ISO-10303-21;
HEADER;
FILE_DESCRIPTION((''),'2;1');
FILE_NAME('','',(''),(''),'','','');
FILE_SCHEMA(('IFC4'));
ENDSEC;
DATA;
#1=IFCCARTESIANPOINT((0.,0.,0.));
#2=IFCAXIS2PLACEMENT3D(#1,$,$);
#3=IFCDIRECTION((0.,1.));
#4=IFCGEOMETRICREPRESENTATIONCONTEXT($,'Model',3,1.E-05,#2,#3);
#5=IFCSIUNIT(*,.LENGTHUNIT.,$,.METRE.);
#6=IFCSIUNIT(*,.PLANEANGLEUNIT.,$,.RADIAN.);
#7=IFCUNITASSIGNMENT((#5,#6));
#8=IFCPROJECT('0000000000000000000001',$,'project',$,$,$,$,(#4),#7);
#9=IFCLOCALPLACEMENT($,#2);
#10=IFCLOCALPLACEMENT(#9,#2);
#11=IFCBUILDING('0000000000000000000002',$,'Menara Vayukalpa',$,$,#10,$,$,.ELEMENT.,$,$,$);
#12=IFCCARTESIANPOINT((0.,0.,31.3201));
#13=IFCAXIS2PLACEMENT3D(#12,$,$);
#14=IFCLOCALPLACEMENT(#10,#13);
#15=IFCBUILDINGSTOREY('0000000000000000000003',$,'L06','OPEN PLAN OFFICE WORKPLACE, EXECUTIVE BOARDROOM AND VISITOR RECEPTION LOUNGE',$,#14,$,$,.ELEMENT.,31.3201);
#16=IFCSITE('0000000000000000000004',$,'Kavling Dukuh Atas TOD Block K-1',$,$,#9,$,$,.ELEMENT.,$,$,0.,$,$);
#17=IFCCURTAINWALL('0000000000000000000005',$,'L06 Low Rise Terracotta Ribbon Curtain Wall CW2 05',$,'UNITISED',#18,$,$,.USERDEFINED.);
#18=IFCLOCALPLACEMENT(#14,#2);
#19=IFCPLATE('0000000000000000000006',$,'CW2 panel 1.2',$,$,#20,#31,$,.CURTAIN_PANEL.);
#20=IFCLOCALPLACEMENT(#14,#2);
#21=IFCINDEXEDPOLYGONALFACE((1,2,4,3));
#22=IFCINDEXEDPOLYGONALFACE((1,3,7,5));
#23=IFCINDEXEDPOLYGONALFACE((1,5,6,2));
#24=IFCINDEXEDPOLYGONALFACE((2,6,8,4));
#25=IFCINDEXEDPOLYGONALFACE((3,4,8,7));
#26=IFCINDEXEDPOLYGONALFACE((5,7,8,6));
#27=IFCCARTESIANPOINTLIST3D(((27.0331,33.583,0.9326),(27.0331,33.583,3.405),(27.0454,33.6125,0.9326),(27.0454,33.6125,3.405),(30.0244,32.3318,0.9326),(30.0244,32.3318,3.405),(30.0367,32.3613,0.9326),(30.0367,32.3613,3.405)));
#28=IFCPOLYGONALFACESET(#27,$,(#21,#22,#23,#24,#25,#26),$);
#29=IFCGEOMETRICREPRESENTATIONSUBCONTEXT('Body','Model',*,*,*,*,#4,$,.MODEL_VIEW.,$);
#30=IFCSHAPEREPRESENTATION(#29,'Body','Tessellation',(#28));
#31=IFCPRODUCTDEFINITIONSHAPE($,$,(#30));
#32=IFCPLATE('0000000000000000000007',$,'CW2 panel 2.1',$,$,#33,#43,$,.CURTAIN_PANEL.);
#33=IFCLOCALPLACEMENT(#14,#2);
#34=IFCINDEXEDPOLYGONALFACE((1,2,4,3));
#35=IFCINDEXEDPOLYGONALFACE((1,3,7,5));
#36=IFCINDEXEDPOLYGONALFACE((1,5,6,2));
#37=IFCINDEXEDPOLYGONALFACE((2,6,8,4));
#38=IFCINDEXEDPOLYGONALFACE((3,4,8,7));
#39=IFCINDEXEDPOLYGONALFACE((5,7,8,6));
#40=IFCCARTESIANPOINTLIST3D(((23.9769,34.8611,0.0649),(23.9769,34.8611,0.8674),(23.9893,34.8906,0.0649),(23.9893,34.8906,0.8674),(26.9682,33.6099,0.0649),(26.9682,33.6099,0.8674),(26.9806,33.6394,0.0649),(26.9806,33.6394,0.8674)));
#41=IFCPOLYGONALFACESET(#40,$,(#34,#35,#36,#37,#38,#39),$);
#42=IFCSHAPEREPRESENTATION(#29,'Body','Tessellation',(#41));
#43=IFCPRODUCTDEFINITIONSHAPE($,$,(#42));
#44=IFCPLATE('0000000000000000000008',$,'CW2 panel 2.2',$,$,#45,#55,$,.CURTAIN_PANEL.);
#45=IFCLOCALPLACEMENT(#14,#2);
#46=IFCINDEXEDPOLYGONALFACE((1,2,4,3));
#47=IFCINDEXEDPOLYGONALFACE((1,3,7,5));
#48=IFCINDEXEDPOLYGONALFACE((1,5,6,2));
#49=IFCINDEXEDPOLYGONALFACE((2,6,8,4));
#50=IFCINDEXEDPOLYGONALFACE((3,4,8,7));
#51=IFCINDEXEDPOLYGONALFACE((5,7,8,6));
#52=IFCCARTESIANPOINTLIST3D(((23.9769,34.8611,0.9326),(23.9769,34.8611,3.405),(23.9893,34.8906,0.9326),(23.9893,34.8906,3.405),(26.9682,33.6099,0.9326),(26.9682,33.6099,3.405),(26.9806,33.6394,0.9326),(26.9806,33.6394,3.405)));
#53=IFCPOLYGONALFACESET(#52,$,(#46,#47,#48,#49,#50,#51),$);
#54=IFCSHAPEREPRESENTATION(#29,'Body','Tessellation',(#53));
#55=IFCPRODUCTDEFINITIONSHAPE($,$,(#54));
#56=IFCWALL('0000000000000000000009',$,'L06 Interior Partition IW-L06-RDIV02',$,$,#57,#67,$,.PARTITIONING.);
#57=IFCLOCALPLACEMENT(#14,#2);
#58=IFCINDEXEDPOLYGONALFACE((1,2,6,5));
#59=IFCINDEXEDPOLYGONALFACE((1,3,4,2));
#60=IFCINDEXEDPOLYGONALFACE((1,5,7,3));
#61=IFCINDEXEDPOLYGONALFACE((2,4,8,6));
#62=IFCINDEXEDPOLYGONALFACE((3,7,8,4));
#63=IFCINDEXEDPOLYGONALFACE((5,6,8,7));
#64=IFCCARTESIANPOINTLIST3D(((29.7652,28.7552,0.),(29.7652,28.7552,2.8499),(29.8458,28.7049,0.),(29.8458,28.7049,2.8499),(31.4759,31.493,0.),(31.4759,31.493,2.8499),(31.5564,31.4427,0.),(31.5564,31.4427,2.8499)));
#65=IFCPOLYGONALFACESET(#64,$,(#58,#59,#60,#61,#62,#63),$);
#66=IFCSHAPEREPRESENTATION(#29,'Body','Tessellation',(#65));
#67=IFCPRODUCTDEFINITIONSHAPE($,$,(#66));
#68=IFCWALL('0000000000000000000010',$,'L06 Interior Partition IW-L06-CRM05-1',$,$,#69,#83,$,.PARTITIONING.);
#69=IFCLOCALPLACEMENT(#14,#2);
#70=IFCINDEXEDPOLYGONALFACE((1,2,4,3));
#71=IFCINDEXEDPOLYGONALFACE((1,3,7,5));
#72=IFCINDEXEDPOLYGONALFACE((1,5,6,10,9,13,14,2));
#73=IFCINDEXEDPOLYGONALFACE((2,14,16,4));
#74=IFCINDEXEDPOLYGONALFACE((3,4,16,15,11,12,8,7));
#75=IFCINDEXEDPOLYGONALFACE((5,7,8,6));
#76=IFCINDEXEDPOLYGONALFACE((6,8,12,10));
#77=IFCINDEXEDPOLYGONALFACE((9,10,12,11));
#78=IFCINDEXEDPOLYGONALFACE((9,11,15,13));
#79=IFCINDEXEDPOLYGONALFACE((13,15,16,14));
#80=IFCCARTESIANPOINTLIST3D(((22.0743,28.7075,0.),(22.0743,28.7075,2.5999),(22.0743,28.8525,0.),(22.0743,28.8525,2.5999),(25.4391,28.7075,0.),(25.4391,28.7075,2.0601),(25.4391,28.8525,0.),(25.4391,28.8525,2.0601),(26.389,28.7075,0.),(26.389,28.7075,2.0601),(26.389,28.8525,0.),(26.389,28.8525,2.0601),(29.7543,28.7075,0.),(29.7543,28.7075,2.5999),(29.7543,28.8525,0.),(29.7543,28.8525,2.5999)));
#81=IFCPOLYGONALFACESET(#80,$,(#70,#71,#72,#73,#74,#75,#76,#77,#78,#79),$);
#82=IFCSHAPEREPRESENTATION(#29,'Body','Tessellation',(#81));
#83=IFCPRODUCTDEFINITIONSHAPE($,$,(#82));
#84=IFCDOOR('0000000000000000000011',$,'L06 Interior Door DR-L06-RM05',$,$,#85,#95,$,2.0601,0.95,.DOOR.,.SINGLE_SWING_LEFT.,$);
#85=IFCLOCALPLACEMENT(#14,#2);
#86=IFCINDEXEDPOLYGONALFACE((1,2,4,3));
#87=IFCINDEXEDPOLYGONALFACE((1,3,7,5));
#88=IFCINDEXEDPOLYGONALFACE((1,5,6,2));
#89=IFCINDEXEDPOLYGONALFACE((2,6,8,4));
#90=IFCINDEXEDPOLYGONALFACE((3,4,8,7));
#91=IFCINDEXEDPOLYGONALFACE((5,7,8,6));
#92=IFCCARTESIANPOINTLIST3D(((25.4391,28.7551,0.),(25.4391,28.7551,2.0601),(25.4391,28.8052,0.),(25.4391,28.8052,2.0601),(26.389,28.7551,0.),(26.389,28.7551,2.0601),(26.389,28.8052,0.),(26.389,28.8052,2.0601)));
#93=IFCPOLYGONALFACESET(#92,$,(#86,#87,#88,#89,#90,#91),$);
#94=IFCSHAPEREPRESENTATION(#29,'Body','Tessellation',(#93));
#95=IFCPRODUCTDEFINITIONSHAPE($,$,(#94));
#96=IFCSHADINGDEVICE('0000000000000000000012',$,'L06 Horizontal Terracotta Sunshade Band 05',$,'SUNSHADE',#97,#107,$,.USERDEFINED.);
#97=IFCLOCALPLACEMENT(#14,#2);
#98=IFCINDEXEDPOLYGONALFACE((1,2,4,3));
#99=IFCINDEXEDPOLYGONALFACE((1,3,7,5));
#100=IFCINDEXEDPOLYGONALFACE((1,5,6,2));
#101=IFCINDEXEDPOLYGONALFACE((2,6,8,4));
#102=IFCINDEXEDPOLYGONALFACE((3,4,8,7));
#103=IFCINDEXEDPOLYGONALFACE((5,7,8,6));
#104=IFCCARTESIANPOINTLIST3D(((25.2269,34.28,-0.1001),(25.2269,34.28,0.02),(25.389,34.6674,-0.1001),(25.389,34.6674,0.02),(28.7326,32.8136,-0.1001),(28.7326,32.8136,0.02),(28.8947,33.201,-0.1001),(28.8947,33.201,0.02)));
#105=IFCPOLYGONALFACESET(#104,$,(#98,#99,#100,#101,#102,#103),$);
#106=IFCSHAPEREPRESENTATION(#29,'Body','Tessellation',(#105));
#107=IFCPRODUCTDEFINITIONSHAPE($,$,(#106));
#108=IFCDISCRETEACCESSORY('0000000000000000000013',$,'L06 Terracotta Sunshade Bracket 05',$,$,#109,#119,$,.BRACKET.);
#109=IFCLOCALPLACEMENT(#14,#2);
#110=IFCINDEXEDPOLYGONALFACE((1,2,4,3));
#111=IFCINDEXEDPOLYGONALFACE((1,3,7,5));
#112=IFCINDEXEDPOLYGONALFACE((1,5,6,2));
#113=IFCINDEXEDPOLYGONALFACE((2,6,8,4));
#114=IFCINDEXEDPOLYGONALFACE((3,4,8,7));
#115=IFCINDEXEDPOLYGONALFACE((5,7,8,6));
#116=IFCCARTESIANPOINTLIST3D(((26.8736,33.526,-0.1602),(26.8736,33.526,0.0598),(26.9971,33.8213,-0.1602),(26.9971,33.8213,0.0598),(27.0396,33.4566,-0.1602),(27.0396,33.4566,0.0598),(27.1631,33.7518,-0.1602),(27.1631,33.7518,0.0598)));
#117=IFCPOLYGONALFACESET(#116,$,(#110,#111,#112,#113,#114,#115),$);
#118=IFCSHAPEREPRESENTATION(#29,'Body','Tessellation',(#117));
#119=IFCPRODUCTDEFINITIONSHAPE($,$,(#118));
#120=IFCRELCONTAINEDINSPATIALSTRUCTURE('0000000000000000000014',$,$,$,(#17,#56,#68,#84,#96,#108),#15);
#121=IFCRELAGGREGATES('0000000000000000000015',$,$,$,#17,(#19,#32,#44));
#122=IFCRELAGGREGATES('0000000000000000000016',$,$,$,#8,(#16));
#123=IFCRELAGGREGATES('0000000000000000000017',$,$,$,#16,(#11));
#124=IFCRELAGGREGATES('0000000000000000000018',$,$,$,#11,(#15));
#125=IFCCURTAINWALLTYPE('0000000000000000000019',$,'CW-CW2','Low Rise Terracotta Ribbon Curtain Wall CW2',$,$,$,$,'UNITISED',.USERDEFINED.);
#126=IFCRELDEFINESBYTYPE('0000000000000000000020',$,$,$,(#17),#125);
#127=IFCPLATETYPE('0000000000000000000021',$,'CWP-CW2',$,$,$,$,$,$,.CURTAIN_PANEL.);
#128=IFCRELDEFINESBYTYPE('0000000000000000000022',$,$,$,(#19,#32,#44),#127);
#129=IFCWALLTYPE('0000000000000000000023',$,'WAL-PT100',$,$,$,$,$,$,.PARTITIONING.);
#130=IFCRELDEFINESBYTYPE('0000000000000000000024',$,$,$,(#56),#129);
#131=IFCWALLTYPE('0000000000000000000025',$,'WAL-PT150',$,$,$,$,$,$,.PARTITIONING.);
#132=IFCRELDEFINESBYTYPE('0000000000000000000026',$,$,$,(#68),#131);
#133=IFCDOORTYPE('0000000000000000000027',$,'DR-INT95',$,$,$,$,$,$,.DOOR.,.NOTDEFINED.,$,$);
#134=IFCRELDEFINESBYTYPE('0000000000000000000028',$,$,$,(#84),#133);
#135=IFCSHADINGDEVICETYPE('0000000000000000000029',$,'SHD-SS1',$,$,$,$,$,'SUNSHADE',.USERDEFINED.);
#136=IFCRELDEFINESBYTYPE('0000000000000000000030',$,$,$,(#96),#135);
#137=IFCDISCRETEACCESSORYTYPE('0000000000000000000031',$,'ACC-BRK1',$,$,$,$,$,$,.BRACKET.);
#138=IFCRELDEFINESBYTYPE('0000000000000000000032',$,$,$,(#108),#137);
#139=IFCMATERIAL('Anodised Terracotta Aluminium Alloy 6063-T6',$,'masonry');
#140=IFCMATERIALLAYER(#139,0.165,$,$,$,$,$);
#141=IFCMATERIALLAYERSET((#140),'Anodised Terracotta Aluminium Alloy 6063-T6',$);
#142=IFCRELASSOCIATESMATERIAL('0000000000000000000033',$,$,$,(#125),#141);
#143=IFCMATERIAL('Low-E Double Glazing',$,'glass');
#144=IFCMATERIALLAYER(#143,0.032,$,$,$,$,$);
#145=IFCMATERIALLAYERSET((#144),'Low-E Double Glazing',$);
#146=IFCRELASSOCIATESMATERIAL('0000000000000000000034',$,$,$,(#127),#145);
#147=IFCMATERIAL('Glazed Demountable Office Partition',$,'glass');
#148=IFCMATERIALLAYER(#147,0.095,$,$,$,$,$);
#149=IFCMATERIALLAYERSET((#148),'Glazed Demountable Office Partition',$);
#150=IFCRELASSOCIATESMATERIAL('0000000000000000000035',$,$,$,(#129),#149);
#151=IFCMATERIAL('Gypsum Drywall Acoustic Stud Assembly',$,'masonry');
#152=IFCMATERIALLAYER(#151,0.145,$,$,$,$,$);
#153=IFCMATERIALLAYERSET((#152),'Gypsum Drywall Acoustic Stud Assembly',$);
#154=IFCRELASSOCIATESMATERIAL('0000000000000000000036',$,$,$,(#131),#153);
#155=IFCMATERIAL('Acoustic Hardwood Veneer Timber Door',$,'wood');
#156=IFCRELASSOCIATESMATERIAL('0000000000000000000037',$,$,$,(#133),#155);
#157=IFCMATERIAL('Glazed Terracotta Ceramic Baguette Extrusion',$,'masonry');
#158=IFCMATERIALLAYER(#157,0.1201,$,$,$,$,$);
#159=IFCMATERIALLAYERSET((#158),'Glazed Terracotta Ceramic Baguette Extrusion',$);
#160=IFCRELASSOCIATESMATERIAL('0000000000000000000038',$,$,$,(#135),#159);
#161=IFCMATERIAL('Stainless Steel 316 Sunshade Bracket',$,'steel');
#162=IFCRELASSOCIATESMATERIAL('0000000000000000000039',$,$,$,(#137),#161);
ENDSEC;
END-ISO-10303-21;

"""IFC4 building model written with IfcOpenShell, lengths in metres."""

from ifc_helpers import new_model, si_unit, direction, frame, frame_2d, origin, origin_2d, place, context, subcontext, project, spatial, rectangle, extrude, material, layer, layer_set, type_object, element, fill, aggregate, save


model = new_model("IFC4")

# Units and contexts
model_context = context("Model", 3, precision=1e-05, world=origin(), true_north=direction((0.0, 1.0)))
body_context = subcontext(model_context, "Body", "Model", "MODEL_VIEW")
ifc_project = project(units=[si_unit("LENGTHUNIT", "METRE"), si_unit("PLANEANGLEUNIT", "RADIAN")], contexts=[model_context])

# Site, building, storey
site_placement = place(None, origin())
site = spatial("IfcSite", under=ifc_project, at=site_placement, Name="Kavling Dukuh Atas TOD Block K-1", CompositionType="ELEMENT", RefElevation=0.0)
building_placement = place(site_placement, origin())
building = spatial("IfcBuilding", under=site, at=building_placement, Name="Menara Vayukalpa", CompositionType="ELEMENT")
storey_placement = place(building_placement, frame((0.0, 0.0, 31.3201)))
storey = spatial("IfcBuildingStorey", under=building, at=storey_placement, Name="L06", Description="OPEN PLAN OFFICE WORKPLACE, EXECUTIVE BOARDROOM AND VISITOR RECEPTION LOUNGE", CompositionType="ELEMENT", Elevation=31.3201)

# Shared definitions
ifc_material_1 = material(Name="Anodised Terracotta Aluminium Alloy 6063-T6", Category="masonry")
ifc_layer_1 = layer(ifc_material_1, 0.165)
ifc_layer_set_1 = layer_set([ifc_layer_1], Name="Anodised Terracotta Aluminium Alloy 6063-T6")
curtain_wall_type = type_object("IfcCurtainWallType", Name="CW-CW2", Description="Low Rise Terracotta Ribbon Curtain Wall CW2", ElementType="UNITISED", PredefinedType="USERDEFINED", material=ifc_layer_set_1)

# Curtain wall, plates
curtain_wall_1_placement = place(storey_placement, origin())
curtain_wall_1 = element("IfcCurtainWall", 1, at=curtain_wall_1_placement, inside=storey, type_object=curtain_wall_type, Name="L06 Low Rise Terracotta Ribbon Curtain Wall CW2 05", ObjectType="UNITISED", PredefinedType="USERDEFINED")
ifc_material_2 = material(Name="Low-E Double Glazing", Category="glass")
ifc_layer_2 = layer(ifc_material_2, 0.032)
ifc_layer_set_2 = layer_set([ifc_layer_2], Name="Low-E Double Glazing")
plate_type = type_object("IfcPlateType", Name="CWP-CW2", PredefinedType="CURTAIN_PANEL", material=ifc_layer_set_2)
plate_1_placement = place(storey_placement, frame((28.5349, 32.9722, 0.9326), z_axis=(0.0, 0.0, 1.0), x_axis=(-0.922543, 0.385895, 0.0)))
plate_1 = element("IfcPlate", 2, at=plate_1_placement, type_object=plate_type, Name="CW2 panel 1.2", PredefinedType="CURTAIN_PANEL", context=body_context, shape_type="SweptSolid", body=[
    extrude(rectangle(XDim=3.2424, YDim=0.032, at=origin_2d()), origin(), (0.0, 0.0, 1.0), 2.4724),
])
plate_2_placement = place(storey_placement, frame((25.4788, 34.2502, 0.0649), z_axis=(0.0, 0.0, 1.0), x_axis=(-0.922543, 0.385895, 0.0)))
plate_2 = element("IfcPlate", 3, at=plate_2_placement, type_object=plate_type, Name="CW2 panel 2.1", PredefinedType="CURTAIN_PANEL", context=body_context, shape_type="SweptSolid", body=[
    extrude(rectangle(XDim=3.2424, YDim=0.032, at=origin_2d()), origin(), (0.0, 0.0, 1.0), 0.8025),
])
plate_3_placement = place(storey_placement, frame((25.4788, 34.2502, 0.9326), z_axis=(0.0, 0.0, 1.0), x_axis=(-0.922543, 0.385895, 0.0)))
plate_3 = element("IfcPlate", 4, at=plate_3_placement, type_object=plate_type, Name="CW2 panel 2.2", PredefinedType="CURTAIN_PANEL", context=body_context, shape_type="SweptSolid", body=[
    extrude(rectangle(XDim=3.2424, YDim=0.032, at=origin_2d()), origin(), (0.0, 0.0, 1.0), 2.4724),
])
aggregate(curtain_wall_1, [plate_1, plate_2, plate_3])

# Wall
ifc_material_3 = material(Name="Glazed Demountable Office Partition", Category="glass")
ifc_layer_3 = layer(ifc_material_3, 0.095)
ifc_layer_set_3 = layer_set([ifc_layer_3], Name="Glazed Demountable Office Partition")
wall_type_1 = type_object("IfcWallType", Name="WAL-PT100", PredefinedType="PARTITIONING", material=ifc_layer_set_3)
wall_1_placement = place(storey_placement, frame((29.8054, 28.73, 0.0), z_axis=(0.0, 0.0, 1.0), x_axis=(0.529904, 0.848058, 0.0)))
element("IfcWall", 5, at=wall_1_placement, inside=storey, type_object=wall_type_1, Name="L06 Interior Partition IW-L06-RDIV02", PredefinedType="PARTITIONING", context=body_context, shape_type="SweptSolid", body=[
    extrude(rectangle(XDim=3.2283, YDim=0.095, at=frame_2d((1.6143, 0.0))), origin(), (0.0, 0.0, 1.0), 2.8499),
])

# Wall, opening, door
ifc_material_4 = material(Name="Gypsum Drywall Acoustic Stud Assembly", Category="masonry")
ifc_layer_4 = layer(ifc_material_4, 0.145)
ifc_layer_set_4 = layer_set([ifc_layer_4], Name="Gypsum Drywall Acoustic Stud Assembly")
wall_type_2 = type_object("IfcWallType", Name="WAL-PT150", PredefinedType="PARTITIONING", material=ifc_layer_set_4)
wall_2_placement = place(storey_placement, frame((29.7542, 28.78, 0.0), z_axis=(0.0, 0.0, 1.0), x_axis=(-1.0, 0.0, 0.0)))
wall_2 = element("IfcWall", 6, at=wall_2_placement, inside=storey, type_object=wall_type_2, Name="L06 Interior Partition IW-L06-CRM05-1", PredefinedType="PARTITIONING", context=body_context, shape_type="SweptSolid", body=[
    extrude(rectangle(XDim=7.6799, YDim=0.145, at=frame_2d((3.8398, 0.0))), origin(), (0.0, 0.0, 1.0), 2.5999),
])
opening_placement = place(wall_2_placement, frame((3.365, 0.0, 0.0)))
opening = element("IfcOpeningElement", 7, at=opening_placement, cuts=wall_2, PredefinedType="OPENING", context=body_context, shape_type="SweptSolid", body=[
    extrude(rectangle(XDim=0.95, YDim=2.0601, at=frame_2d((0.4751, 1.03))), frame((0.0, 0.0825, 0.0), z_axis=(0.0, -1.0, 0.0), x_axis=(1.0, 0.0, 0.0)), (0.0, 0.0, 1.0), 0.165),
])
ifc_material_5 = material(Name="Acoustic Hardwood Veneer Timber Door", Category="wood")
door_type = type_object("IfcDoorType", Name="DR-INT95", OperationType="NOTDEFINED", PredefinedType="DOOR", material=ifc_material_5)
door_placement = place(opening_placement, origin())
door = element("IfcDoor", 8, at=door_placement, inside=storey, type_object=door_type, Name="L06 Interior Door DR-L06-RM05", OperationType="SINGLE_SWING_LEFT", OverallHeight=2.0601, OverallWidth=0.95, PredefinedType="DOOR", context=body_context, shape_type="SweptSolid", body=[
    extrude(rectangle(XDim=0.95, YDim=2.0601, at=frame_2d((0.4751, 1.03))), frame((0.0, 0.0249, 0.0), z_axis=(0.0, -1.0, 0.0), x_axis=(1.0, 0.0, 0.0)), (0.0, 0.0, 1.0), 0.05),
])
fill(opening, door)

# Shading device
ifc_material_6 = material(Name="Glazed Terracotta Ceramic Baguette Extrusion", Category="masonry")
ifc_layer_5 = layer(ifc_material_6, 0.1201)
ifc_layer_set_5 = layer_set([ifc_layer_5], Name="Glazed Terracotta Ceramic Baguette Extrusion")
shading_device_type = type_object("IfcShadingDeviceType", Name="SHD-SS1", ElementType="SUNSHADE", PredefinedType="USERDEFINED", material=ifc_layer_set_5)
shading_device_placement = place(storey_placement, frame((27.0608, 33.7405, -0.1001), z_axis=(0.0, 0.0, 1.0), x_axis=(-0.922545, 0.38589, 0.0)))
element("IfcShadingDevice", 9, at=shading_device_placement, inside=storey, type_object=shading_device_type, Name="L06 Horizontal Terracotta Sunshade Band 05", ObjectType="SUNSHADE", PredefinedType="USERDEFINED", context=body_context, shape_type="SweptSolid", body=[
    extrude(rectangle(XDim=3.8, YDim=0.4199, at=origin_2d()), origin(), (0.0, 0.0, 1.0), 0.1201),
])

# Discrete accessory
ifc_material_7 = material(Name="Stainless Steel 316 Sunshade Bracket", Category="steel")
discrete_accessory_type = type_object("IfcDiscreteAccessoryType", Name="ACC-BRK1", PredefinedType="BRACKET", material=ifc_material_7)
discrete_accessory_placement = place(storey_placement, frame((27.0183, 33.6389, -0.1602), z_axis=(0.0, 0.0, 1.0), x_axis=(-0.922545, 0.38589, 0.0)))
element("IfcDiscreteAccessory", 10, at=discrete_accessory_placement, inside=storey, type_object=discrete_accessory_type, Name="L06 Terracotta Sunshade Bracket 05", PredefinedType="BRACKET", context=body_context, shape_type="SweptSolid", body=[
    extrude(rectangle(XDim=0.1799, YDim=0.3201, at=origin_2d()), origin(), (0.0, 0.0, 1.0), 0.22),
])

save(model, "model.ifc")
